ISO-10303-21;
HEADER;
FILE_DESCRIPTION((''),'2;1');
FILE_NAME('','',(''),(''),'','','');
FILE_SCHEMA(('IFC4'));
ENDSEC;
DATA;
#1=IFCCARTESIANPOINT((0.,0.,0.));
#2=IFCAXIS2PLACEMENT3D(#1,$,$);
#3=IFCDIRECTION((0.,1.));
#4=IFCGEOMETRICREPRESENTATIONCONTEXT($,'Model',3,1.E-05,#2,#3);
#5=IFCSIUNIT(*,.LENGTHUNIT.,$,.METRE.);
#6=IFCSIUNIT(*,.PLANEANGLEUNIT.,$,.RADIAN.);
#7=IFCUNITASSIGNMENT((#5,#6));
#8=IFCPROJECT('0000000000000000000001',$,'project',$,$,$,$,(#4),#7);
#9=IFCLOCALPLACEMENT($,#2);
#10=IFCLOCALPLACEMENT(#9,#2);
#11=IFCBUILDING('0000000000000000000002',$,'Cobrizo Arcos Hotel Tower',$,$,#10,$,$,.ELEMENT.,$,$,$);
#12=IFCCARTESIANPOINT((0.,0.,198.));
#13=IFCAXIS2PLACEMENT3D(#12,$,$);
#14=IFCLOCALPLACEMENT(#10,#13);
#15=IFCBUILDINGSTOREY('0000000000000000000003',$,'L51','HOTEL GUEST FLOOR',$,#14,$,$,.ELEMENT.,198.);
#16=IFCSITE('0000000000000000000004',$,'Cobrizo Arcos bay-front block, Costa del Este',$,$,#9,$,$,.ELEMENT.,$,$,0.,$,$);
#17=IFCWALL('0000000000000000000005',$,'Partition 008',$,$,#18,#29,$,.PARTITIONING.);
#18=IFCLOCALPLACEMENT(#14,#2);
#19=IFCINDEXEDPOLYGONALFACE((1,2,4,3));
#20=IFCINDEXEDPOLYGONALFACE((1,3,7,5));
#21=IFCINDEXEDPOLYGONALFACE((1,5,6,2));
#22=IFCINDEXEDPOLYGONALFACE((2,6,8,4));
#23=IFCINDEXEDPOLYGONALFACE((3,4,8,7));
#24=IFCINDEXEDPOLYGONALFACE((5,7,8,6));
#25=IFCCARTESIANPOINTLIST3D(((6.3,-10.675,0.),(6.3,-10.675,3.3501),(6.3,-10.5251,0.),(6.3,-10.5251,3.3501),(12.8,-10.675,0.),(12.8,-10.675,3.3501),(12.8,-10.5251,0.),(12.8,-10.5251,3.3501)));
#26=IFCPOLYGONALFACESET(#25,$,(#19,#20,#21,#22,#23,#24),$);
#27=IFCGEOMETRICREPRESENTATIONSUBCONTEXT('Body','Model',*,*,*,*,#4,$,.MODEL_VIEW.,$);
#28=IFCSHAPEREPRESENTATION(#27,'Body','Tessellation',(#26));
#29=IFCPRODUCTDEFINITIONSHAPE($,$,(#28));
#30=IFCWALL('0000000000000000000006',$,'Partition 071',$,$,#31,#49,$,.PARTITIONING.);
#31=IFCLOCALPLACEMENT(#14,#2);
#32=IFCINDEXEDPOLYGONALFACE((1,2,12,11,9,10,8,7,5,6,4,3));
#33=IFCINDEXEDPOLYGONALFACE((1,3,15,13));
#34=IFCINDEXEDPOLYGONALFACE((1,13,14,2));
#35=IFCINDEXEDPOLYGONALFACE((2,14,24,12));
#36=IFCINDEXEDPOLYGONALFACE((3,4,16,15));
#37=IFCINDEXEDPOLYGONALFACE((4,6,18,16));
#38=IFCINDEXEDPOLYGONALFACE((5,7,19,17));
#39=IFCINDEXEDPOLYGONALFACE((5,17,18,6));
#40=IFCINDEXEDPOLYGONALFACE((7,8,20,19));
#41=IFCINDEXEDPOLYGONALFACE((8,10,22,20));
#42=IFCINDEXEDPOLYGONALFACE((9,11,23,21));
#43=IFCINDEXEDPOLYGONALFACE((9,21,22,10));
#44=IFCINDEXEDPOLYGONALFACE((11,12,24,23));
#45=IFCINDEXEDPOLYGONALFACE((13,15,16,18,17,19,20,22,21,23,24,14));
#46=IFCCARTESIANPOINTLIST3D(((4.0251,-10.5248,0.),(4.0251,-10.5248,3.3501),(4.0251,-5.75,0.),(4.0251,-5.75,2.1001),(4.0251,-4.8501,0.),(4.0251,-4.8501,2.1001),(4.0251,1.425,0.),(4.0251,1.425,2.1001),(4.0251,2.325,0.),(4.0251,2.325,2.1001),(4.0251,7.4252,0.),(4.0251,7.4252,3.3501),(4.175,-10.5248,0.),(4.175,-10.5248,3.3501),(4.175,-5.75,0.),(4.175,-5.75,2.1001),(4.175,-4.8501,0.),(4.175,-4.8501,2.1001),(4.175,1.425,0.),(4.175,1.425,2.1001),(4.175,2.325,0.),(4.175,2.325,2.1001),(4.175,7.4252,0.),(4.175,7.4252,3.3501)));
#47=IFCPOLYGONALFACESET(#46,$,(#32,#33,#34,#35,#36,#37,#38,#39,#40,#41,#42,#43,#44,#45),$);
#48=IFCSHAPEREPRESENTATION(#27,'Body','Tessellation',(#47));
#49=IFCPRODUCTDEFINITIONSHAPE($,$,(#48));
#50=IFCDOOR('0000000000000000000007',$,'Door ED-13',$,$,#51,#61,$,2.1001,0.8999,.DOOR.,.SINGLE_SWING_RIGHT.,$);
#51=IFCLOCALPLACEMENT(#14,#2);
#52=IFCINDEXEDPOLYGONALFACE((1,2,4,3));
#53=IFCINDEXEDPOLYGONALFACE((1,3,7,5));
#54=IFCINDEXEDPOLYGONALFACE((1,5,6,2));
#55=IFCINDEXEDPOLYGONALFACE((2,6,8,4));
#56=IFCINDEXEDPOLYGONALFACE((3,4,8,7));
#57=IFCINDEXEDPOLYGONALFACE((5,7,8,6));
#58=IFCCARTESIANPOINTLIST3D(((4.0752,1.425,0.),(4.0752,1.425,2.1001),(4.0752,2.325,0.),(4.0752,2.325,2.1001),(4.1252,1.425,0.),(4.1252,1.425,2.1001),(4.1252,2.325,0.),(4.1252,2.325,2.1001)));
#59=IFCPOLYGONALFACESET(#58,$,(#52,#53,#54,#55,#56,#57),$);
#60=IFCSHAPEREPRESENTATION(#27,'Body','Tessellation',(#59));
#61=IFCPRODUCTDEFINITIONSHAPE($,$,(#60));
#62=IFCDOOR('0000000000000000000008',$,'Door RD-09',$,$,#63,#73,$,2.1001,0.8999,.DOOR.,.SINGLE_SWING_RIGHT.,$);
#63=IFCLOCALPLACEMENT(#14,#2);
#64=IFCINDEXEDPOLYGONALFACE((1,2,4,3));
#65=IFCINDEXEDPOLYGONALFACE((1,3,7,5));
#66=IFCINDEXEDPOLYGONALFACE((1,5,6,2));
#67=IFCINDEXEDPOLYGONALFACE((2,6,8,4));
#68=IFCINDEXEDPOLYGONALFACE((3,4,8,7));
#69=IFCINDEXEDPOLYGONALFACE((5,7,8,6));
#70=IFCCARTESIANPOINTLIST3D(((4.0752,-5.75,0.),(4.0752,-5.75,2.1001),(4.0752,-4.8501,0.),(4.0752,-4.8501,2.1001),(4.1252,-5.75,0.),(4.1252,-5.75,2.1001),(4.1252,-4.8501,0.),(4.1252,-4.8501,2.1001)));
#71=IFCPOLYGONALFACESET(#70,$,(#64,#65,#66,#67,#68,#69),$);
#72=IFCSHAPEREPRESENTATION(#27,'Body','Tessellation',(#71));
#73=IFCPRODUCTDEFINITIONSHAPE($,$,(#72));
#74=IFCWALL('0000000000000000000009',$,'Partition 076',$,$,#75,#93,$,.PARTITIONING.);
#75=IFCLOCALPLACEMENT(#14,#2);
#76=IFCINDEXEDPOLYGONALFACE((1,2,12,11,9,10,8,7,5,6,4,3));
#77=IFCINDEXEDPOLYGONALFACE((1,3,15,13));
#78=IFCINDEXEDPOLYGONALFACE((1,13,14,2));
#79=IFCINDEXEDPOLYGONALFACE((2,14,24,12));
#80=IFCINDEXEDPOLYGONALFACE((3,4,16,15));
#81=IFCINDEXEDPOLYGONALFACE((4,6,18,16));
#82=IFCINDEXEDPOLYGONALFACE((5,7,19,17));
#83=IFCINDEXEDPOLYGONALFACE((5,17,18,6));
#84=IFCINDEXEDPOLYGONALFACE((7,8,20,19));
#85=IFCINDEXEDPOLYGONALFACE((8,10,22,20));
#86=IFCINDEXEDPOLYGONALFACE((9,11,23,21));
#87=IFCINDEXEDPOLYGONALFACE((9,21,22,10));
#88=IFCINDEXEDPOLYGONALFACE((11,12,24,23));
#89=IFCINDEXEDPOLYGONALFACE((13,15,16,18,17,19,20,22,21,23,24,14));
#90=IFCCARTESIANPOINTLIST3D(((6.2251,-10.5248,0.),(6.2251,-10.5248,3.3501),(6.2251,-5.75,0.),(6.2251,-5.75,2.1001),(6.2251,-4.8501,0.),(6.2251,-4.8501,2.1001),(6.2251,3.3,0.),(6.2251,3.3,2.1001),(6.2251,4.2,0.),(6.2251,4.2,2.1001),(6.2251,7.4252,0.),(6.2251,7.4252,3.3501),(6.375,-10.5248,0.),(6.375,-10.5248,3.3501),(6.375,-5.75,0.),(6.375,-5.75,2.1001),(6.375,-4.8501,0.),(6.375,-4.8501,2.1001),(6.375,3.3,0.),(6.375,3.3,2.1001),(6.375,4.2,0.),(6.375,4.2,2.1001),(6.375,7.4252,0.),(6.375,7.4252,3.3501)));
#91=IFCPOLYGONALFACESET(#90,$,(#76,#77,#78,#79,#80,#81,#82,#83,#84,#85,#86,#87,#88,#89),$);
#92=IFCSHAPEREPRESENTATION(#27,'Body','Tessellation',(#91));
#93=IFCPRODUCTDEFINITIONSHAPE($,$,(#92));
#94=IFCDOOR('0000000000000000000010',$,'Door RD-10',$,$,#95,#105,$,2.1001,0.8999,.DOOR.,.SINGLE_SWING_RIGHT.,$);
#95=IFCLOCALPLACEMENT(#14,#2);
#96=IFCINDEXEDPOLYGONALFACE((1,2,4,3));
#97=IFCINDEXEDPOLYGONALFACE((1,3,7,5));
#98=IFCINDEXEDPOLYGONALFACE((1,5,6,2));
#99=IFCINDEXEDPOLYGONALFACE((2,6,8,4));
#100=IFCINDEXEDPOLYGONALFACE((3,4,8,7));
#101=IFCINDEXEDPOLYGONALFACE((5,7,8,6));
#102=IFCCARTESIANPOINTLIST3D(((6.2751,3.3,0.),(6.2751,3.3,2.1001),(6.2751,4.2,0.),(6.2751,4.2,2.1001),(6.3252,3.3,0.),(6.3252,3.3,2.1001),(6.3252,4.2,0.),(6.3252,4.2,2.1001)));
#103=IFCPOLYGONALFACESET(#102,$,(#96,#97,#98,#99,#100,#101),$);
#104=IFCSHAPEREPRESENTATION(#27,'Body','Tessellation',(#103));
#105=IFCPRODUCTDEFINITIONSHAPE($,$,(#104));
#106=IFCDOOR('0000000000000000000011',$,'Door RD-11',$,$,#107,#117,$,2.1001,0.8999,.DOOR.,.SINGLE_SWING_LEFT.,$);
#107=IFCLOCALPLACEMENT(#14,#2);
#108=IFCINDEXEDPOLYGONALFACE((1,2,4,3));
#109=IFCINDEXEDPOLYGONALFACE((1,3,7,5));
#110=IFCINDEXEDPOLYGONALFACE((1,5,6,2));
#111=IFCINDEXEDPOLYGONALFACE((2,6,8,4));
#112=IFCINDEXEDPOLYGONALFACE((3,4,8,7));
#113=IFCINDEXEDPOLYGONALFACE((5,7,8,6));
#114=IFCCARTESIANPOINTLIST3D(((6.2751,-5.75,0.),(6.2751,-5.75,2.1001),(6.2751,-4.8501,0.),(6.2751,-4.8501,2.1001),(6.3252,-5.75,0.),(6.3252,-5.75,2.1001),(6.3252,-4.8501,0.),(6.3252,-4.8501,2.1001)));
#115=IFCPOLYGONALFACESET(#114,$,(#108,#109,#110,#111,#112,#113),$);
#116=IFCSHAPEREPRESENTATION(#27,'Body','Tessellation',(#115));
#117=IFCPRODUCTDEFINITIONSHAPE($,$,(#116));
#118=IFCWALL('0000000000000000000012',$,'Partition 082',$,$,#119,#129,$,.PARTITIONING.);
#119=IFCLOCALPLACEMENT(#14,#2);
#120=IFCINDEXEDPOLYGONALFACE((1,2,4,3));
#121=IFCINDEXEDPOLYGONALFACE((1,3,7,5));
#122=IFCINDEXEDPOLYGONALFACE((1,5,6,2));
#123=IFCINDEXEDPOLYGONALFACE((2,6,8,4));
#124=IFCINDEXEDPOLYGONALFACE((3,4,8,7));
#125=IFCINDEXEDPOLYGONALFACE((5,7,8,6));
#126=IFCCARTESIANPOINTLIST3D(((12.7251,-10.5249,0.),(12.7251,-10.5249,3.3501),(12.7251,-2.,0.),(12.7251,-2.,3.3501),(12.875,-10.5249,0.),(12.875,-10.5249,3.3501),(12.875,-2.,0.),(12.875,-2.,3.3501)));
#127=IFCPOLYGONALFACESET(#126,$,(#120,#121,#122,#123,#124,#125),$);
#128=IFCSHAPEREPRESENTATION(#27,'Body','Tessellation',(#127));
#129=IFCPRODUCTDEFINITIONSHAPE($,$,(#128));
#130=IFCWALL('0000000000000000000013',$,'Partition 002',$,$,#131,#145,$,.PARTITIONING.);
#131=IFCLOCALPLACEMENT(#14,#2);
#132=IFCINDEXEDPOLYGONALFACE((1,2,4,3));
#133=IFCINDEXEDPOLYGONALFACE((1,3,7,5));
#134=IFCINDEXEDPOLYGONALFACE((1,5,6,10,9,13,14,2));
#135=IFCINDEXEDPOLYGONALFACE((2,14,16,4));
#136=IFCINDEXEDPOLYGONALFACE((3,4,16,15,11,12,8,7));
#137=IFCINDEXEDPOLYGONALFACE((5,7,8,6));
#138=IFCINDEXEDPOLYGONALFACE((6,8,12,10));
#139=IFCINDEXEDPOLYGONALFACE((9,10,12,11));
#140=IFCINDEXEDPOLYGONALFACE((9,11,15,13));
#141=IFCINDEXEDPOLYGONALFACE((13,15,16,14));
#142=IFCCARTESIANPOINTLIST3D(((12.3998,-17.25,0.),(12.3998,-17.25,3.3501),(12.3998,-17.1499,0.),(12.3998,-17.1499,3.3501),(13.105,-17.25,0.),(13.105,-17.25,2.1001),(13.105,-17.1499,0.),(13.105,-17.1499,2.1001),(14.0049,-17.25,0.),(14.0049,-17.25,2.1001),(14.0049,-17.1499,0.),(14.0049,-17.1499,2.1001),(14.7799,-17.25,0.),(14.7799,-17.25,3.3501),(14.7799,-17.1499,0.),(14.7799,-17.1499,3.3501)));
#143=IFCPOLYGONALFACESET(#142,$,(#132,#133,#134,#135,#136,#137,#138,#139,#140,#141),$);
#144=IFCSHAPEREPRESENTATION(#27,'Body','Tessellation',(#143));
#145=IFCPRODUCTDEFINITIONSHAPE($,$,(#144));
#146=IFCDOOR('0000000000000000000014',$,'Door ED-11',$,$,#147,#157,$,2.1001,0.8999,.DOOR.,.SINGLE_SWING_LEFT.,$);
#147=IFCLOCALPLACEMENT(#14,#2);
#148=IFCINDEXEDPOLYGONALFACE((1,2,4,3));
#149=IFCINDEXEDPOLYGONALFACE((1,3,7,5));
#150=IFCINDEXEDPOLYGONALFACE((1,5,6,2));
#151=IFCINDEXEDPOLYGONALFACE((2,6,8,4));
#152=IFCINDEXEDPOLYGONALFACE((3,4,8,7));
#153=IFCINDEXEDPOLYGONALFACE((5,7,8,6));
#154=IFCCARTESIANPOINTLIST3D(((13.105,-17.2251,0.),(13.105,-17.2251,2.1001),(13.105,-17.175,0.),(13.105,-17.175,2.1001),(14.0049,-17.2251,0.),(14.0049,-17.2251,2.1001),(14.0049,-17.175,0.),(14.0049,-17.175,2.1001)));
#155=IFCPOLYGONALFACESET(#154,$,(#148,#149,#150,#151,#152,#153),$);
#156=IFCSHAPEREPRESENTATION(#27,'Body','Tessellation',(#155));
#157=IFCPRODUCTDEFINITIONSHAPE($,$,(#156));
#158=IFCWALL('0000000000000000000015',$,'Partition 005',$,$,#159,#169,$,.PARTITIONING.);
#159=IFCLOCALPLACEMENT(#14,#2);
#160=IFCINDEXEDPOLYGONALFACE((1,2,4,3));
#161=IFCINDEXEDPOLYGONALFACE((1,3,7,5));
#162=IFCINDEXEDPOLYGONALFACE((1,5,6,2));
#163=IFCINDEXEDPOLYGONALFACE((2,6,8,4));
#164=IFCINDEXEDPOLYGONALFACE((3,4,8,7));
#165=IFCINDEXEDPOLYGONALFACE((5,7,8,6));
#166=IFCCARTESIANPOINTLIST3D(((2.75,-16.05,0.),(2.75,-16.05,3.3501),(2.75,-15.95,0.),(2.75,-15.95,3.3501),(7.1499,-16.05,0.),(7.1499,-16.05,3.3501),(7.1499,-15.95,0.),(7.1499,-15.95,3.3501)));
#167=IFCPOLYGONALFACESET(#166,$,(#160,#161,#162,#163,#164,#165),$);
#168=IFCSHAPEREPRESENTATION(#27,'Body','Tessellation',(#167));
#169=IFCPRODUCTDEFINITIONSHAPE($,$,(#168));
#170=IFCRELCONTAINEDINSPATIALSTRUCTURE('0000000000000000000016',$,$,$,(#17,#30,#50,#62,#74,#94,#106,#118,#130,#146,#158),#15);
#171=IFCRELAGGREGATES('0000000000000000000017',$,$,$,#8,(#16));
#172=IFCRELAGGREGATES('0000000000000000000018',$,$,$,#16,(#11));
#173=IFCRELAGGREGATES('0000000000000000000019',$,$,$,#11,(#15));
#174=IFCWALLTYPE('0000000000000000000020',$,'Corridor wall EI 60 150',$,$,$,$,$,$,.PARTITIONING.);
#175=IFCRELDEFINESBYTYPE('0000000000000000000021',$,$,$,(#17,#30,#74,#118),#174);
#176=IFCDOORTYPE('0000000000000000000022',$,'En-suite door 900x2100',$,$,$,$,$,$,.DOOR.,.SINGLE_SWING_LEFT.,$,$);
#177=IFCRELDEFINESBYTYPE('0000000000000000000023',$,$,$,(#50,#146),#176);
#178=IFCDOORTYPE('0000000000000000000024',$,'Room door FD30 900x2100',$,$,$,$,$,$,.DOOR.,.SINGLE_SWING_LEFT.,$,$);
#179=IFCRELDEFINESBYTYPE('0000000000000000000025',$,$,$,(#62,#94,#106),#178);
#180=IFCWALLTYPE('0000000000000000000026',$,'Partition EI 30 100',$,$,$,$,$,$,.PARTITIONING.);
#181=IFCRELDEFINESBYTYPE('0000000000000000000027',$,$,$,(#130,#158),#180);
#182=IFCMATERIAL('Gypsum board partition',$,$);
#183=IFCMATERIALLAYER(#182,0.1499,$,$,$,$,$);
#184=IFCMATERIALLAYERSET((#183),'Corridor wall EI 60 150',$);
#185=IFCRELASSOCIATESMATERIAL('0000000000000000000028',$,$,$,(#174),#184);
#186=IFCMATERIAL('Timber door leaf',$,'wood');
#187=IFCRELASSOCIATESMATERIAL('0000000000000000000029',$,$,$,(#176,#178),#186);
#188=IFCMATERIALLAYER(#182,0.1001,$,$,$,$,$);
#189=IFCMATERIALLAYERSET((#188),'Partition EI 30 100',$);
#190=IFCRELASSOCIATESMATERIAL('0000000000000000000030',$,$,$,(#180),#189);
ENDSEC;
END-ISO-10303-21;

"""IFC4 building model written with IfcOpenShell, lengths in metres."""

from ifc_helpers import new_model, si_unit, direction, frame, frame_2d, origin, place, context, subcontext, project, spatial, rectangle, extrude, material, layer, layer_set, type_object, element, fill, save


model = new_model("IFC4")

# Units and contexts
model_context = context("Model", 3, precision=1e-05, world=origin(), true_north=direction((0.0, 1.0)))
body_context = subcontext(model_context, "Body", "Model", "MODEL_VIEW")
ifc_project = project(units=[si_unit("LENGTHUNIT", "METRE"), si_unit("PLANEANGLEUNIT", "RADIAN")], contexts=[model_context])

# Site, building, storey
site_placement = place(None, origin())
site = spatial("IfcSite", under=ifc_project, at=site_placement, Name="Cobrizo Arcos bay-front block, Costa del Este", CompositionType="ELEMENT", RefElevation=0.0)
building_placement = place(site_placement, origin())
building = spatial("IfcBuilding", under=site, at=building_placement, Name="Cobrizo Arcos Hotel Tower", CompositionType="ELEMENT")
storey_placement = place(building_placement, frame((0.0, 0.0, 198.0)))
storey = spatial("IfcBuildingStorey", under=building, at=storey_placement, Name="L51", Description="HOTEL GUEST FLOOR", CompositionType="ELEMENT", Elevation=198.0)

# Wall
ifc_material_1 = material(Name="Gypsum board partition")
ifc_layer_1 = layer(ifc_material_1, 0.1499)
ifc_layer_set_1 = layer_set([ifc_layer_1], Name="Corridor wall EI 60 150")
wall_type_1 = type_object("IfcWallType", Name="Corridor wall EI 60 150", PredefinedType="PARTITIONING", material=ifc_layer_set_1)
wall_1_placement = place(storey_placement, frame((6.3, -10.6001, 0.0), z_axis=(0.0, 0.0, 1.0), x_axis=(1.0, 0.0, 0.0)))
element("IfcWall", 1, at=wall_1_placement, inside=storey, type_object=wall_type_1, Name="Partition 008", PredefinedType="PARTITIONING", context=body_context, shape_type="SweptSolid", body=[
    extrude(rectangle(XDim=6.5, YDim=0.1499, at=frame_2d((3.25, 0.0))), origin(), (0.0, 0.0, 1.0), 3.3501),
])

# Walls, openings, doors
wall_2_placement = place(storey_placement, frame((4.1001, -10.5249, 0.0), z_axis=(0.0, 0.0, 1.0), x_axis=(0.0, 1.0, 0.0)))
wall_2 = element("IfcWall", 2, at=wall_2_placement, inside=storey, type_object=wall_type_1, Name="Partition 071", PredefinedType="PARTITIONING", context=body_context, shape_type="SweptSolid", body=[
    extrude(rectangle(XDim=17.95, YDim=0.1499, at=frame_2d((8.9751, 0.0))), origin(), (0.0, 0.0, 1.0), 3.3501),
])
opening_1_placement = place(wall_2_placement, frame((11.95, 0.0, 0.0)))
opening_1 = element("IfcOpeningElement", 3, at=opening_1_placement, cuts=wall_2, PredefinedType="OPENING", context=body_context, shape_type="SweptSolid", body=[
    extrude(rectangle(XDim=0.8999, YDim=2.1001, at=frame_2d((0.45, 1.05))), frame((0.0, 0.0869, 0.0), z_axis=(0.0, -1.0, 0.0), x_axis=(1.0, 0.0, 0.0)), (0.0, 0.0, 1.0), 0.1738),
])
opening_2_placement = place(wall_2_placement, frame((4.7749, 0.0, 0.0)))
opening_2 = element("IfcOpeningElement", 4, at=opening_2_placement, cuts=wall_2, PredefinedType="OPENING", context=body_context, shape_type="SweptSolid", body=[
    extrude(rectangle(XDim=0.8999, YDim=2.1001, at=frame_2d((0.45, 1.05))), frame((0.0, 0.0869, 0.0), z_axis=(0.0, -1.0, 0.0), x_axis=(1.0, 0.0, 0.0)), (0.0, 0.0, 1.0), 0.1738),
])
ifc_material_2 = material(Name="Timber door leaf", Category="wood")
door_type_1 = type_object("IfcDoorType", Name="En-suite door 900x2100", OperationType="SINGLE_SWING_LEFT", PredefinedType="DOOR", material=ifc_material_2)
door_1_placement = place(opening_1_placement, origin())
door_1 = element("IfcDoor", 5, at=door_1_placement, inside=storey, type_object=door_type_1, Name="Door ED-13", OperationType="SINGLE_SWING_RIGHT", OverallHeight=2.1001, OverallWidth=0.8999, PredefinedType="DOOR", context=body_context, shape_type="SweptSolid", body=[
    extrude(rectangle(XDim=0.8999, YDim=2.1001, at=frame_2d((0.45, 1.05))), frame((0.0, 0.0249, 0.0), z_axis=(0.0, -1.0, 0.0), x_axis=(1.0, 0.0, 0.0)), (0.0, 0.0, 1.0), 0.05),
])
fill(opening_1, door_1)
door_type_2 = type_object("IfcDoorType", Name="Room door FD30 900x2100", OperationType="SINGLE_SWING_LEFT", PredefinedType="DOOR", material=ifc_material_2)
door_2_placement = place(opening_2_placement, origin())
door_2 = element("IfcDoor", 6, at=door_2_placement, inside=storey, type_object=door_type_2, Name="Door RD-09", OperationType="SINGLE_SWING_RIGHT", OverallHeight=2.1001, OverallWidth=0.8999, PredefinedType="DOOR", context=body_context, shape_type="SweptSolid", body=[
    extrude(rectangle(XDim=0.8999, YDim=2.1001, at=frame_2d((0.45, 1.05))), frame((0.0, 0.0249, 0.0), z_axis=(0.0, -1.0, 0.0), x_axis=(1.0, 0.0, 0.0)), (0.0, 0.0, 1.0), 0.05),
])
fill(opening_2, door_2)
wall_3_placement = place(storey_placement, frame((6.3, -10.5249, 0.0), z_axis=(0.0, 0.0, 1.0), x_axis=(0.0, 1.0, 0.0)))
wall_3 = element("IfcWall", 7, at=wall_3_placement, inside=storey, type_object=wall_type_1, Name="Partition 076", PredefinedType="PARTITIONING", context=body_context, shape_type="SweptSolid", body=[
    extrude(rectangle(XDim=17.95, YDim=0.1499, at=frame_2d((8.9751, 0.0))), origin(), (0.0, 0.0, 1.0), 3.3501),
])
opening_3_placement = place(wall_3_placement, frame((13.825, 0.0, 0.0)))
opening_3 = element("IfcOpeningElement", 8, at=opening_3_placement, cuts=wall_3, PredefinedType="OPENING", context=body_context, shape_type="SweptSolid", body=[
    extrude(rectangle(XDim=0.8999, YDim=2.1001, at=frame_2d((0.45, 1.05))), frame((0.0, 0.0869, 0.0), z_axis=(0.0, -1.0, 0.0), x_axis=(1.0, 0.0, 0.0)), (0.0, 0.0, 1.0), 0.1738),
])
opening_4_placement = place(wall_3_placement, frame((4.7749, 0.0, 0.0)))
opening_4 = element("IfcOpeningElement", 9, at=opening_4_placement, cuts=wall_3, PredefinedType="OPENING", context=body_context, shape_type="SweptSolid", body=[
    extrude(rectangle(XDim=0.8999, YDim=2.1001, at=frame_2d((0.45, 1.05))), frame((0.0, 0.0869, 0.0), z_axis=(0.0, -1.0, 0.0), x_axis=(1.0, 0.0, 0.0)), (0.0, 0.0, 1.0), 0.1738),
])
door_3_placement = place(opening_3_placement, origin())
door_3 = element("IfcDoor", 10, at=door_3_placement, inside=storey, type_object=door_type_2, Name="Door RD-10", OperationType="SINGLE_SWING_RIGHT", OverallHeight=2.1001, OverallWidth=0.8999, PredefinedType="DOOR", context=body_context, shape_type="SweptSolid", body=[
    extrude(rectangle(XDim=0.8999, YDim=2.1001, at=frame_2d((0.45, 1.05))), frame((0.0, 0.0249, 0.0), z_axis=(0.0, -1.0, 0.0), x_axis=(1.0, 0.0, 0.0)), (0.0, 0.0, 1.0), 0.05),
])
fill(opening_3, door_3)
door_4_placement = place(opening_4_placement, origin())
door_4 = element("IfcDoor", 11, at=door_4_placement, inside=storey, type_object=door_type_2, Name="Door RD-11", OperationType="SINGLE_SWING_LEFT", OverallHeight=2.1001, OverallWidth=0.8999, PredefinedType="DOOR", context=body_context, shape_type="SweptSolid", body=[
    extrude(rectangle(XDim=0.8999, YDim=2.1001, at=frame_2d((0.45, 1.05))), frame((0.0, 0.0249, 0.0), z_axis=(0.0, -1.0, 0.0), x_axis=(1.0, 0.0, 0.0)), (0.0, 0.0, 1.0), 0.05),
])
fill(opening_4, door_4)

# Wall
wall_4_placement = place(storey_placement, frame((12.8, -10.5249, 0.0), z_axis=(0.0, 0.0, 1.0), x_axis=(0.0, 1.0, 0.0)))
element("IfcWall", 12, at=wall_4_placement, inside=storey, type_object=wall_type_1, Name="Partition 082", PredefinedType="PARTITIONING", context=body_context, shape_type="SweptSolid", body=[
    extrude(rectangle(XDim=8.5249, YDim=0.1499, at=frame_2d((4.2625, 0.0))), origin(), (0.0, 0.0, 1.0), 3.3501),
])

# Wall, opening, door
ifc_layer_2 = layer(ifc_material_1, 0.1001)
ifc_layer_set_2 = layer_set([ifc_layer_2], Name="Partition EI 30 100")
wall_type_2 = type_object("IfcWallType", Name="Partition EI 30 100", PredefinedType="PARTITIONING", material=ifc_layer_set_2)
wall_5_placement = place(storey_placement, frame((12.3999, -17.2, 0.0), z_axis=(0.0, 0.0, 1.0), x_axis=(1.0, 0.0, 0.0)))
wall_5 = element("IfcWall", 13, at=wall_5_placement, inside=storey, type_object=wall_type_2, Name="Partition 002", PredefinedType="PARTITIONING", context=body_context, shape_type="SweptSolid", body=[
    extrude(rectangle(XDim=2.3801, YDim=0.1001, at=frame_2d((1.1899, 0.0))), origin(), (0.0, 0.0, 1.0), 3.3501),
])
opening_5_placement = place(wall_5_placement, frame((0.7051, 0.0, 0.0)))
opening_5 = element("IfcOpeningElement", 14, at=opening_5_placement, cuts=wall_5, PredefinedType="OPENING", context=body_context, shape_type="SweptSolid", body=[
    extrude(rectangle(XDim=0.8999, YDim=2.1001, at=frame_2d((0.45, 1.05))), frame((0.0, 0.062, 0.0), z_axis=(0.0, -1.0, 0.0), x_axis=(1.0, 0.0, 0.0)), (0.0, 0.0, 1.0), 0.124),
])
door_5_placement = place(opening_5_placement, origin())
door_5 = element("IfcDoor", 15, at=door_5_placement, inside=storey, type_object=door_type_1, Name="Door ED-11", OperationType="SINGLE_SWING_LEFT", OverallHeight=2.1001, OverallWidth=0.8999, PredefinedType="DOOR", context=body_context, shape_type="SweptSolid", body=[
    extrude(rectangle(XDim=0.8999, YDim=2.1001, at=frame_2d((0.45, 1.05))), frame((0.0, 0.0249, 0.0), z_axis=(0.0, -1.0, 0.0), x_axis=(1.0, 0.0, 0.0)), (0.0, 0.0, 1.0), 0.05),
])
fill(opening_5, door_5)

# Wall
wall_6_placement = place(storey_placement, frame((2.75, -16.0, 0.0), z_axis=(0.0, 0.0, 1.0), x_axis=(1.0, 0.0, 0.0)))
element("IfcWall", 16, at=wall_6_placement, inside=storey, type_object=wall_type_2, Name="Partition 005", PredefinedType="PARTITIONING", context=body_context, shape_type="SweptSolid", body=[
    extrude(rectangle(XDim=4.3999, YDim=0.1001, at=frame_2d((2.2, 0.0))), origin(), (0.0, 0.0, 1.0), 3.3501),
])

save(model, "model.ifc")
